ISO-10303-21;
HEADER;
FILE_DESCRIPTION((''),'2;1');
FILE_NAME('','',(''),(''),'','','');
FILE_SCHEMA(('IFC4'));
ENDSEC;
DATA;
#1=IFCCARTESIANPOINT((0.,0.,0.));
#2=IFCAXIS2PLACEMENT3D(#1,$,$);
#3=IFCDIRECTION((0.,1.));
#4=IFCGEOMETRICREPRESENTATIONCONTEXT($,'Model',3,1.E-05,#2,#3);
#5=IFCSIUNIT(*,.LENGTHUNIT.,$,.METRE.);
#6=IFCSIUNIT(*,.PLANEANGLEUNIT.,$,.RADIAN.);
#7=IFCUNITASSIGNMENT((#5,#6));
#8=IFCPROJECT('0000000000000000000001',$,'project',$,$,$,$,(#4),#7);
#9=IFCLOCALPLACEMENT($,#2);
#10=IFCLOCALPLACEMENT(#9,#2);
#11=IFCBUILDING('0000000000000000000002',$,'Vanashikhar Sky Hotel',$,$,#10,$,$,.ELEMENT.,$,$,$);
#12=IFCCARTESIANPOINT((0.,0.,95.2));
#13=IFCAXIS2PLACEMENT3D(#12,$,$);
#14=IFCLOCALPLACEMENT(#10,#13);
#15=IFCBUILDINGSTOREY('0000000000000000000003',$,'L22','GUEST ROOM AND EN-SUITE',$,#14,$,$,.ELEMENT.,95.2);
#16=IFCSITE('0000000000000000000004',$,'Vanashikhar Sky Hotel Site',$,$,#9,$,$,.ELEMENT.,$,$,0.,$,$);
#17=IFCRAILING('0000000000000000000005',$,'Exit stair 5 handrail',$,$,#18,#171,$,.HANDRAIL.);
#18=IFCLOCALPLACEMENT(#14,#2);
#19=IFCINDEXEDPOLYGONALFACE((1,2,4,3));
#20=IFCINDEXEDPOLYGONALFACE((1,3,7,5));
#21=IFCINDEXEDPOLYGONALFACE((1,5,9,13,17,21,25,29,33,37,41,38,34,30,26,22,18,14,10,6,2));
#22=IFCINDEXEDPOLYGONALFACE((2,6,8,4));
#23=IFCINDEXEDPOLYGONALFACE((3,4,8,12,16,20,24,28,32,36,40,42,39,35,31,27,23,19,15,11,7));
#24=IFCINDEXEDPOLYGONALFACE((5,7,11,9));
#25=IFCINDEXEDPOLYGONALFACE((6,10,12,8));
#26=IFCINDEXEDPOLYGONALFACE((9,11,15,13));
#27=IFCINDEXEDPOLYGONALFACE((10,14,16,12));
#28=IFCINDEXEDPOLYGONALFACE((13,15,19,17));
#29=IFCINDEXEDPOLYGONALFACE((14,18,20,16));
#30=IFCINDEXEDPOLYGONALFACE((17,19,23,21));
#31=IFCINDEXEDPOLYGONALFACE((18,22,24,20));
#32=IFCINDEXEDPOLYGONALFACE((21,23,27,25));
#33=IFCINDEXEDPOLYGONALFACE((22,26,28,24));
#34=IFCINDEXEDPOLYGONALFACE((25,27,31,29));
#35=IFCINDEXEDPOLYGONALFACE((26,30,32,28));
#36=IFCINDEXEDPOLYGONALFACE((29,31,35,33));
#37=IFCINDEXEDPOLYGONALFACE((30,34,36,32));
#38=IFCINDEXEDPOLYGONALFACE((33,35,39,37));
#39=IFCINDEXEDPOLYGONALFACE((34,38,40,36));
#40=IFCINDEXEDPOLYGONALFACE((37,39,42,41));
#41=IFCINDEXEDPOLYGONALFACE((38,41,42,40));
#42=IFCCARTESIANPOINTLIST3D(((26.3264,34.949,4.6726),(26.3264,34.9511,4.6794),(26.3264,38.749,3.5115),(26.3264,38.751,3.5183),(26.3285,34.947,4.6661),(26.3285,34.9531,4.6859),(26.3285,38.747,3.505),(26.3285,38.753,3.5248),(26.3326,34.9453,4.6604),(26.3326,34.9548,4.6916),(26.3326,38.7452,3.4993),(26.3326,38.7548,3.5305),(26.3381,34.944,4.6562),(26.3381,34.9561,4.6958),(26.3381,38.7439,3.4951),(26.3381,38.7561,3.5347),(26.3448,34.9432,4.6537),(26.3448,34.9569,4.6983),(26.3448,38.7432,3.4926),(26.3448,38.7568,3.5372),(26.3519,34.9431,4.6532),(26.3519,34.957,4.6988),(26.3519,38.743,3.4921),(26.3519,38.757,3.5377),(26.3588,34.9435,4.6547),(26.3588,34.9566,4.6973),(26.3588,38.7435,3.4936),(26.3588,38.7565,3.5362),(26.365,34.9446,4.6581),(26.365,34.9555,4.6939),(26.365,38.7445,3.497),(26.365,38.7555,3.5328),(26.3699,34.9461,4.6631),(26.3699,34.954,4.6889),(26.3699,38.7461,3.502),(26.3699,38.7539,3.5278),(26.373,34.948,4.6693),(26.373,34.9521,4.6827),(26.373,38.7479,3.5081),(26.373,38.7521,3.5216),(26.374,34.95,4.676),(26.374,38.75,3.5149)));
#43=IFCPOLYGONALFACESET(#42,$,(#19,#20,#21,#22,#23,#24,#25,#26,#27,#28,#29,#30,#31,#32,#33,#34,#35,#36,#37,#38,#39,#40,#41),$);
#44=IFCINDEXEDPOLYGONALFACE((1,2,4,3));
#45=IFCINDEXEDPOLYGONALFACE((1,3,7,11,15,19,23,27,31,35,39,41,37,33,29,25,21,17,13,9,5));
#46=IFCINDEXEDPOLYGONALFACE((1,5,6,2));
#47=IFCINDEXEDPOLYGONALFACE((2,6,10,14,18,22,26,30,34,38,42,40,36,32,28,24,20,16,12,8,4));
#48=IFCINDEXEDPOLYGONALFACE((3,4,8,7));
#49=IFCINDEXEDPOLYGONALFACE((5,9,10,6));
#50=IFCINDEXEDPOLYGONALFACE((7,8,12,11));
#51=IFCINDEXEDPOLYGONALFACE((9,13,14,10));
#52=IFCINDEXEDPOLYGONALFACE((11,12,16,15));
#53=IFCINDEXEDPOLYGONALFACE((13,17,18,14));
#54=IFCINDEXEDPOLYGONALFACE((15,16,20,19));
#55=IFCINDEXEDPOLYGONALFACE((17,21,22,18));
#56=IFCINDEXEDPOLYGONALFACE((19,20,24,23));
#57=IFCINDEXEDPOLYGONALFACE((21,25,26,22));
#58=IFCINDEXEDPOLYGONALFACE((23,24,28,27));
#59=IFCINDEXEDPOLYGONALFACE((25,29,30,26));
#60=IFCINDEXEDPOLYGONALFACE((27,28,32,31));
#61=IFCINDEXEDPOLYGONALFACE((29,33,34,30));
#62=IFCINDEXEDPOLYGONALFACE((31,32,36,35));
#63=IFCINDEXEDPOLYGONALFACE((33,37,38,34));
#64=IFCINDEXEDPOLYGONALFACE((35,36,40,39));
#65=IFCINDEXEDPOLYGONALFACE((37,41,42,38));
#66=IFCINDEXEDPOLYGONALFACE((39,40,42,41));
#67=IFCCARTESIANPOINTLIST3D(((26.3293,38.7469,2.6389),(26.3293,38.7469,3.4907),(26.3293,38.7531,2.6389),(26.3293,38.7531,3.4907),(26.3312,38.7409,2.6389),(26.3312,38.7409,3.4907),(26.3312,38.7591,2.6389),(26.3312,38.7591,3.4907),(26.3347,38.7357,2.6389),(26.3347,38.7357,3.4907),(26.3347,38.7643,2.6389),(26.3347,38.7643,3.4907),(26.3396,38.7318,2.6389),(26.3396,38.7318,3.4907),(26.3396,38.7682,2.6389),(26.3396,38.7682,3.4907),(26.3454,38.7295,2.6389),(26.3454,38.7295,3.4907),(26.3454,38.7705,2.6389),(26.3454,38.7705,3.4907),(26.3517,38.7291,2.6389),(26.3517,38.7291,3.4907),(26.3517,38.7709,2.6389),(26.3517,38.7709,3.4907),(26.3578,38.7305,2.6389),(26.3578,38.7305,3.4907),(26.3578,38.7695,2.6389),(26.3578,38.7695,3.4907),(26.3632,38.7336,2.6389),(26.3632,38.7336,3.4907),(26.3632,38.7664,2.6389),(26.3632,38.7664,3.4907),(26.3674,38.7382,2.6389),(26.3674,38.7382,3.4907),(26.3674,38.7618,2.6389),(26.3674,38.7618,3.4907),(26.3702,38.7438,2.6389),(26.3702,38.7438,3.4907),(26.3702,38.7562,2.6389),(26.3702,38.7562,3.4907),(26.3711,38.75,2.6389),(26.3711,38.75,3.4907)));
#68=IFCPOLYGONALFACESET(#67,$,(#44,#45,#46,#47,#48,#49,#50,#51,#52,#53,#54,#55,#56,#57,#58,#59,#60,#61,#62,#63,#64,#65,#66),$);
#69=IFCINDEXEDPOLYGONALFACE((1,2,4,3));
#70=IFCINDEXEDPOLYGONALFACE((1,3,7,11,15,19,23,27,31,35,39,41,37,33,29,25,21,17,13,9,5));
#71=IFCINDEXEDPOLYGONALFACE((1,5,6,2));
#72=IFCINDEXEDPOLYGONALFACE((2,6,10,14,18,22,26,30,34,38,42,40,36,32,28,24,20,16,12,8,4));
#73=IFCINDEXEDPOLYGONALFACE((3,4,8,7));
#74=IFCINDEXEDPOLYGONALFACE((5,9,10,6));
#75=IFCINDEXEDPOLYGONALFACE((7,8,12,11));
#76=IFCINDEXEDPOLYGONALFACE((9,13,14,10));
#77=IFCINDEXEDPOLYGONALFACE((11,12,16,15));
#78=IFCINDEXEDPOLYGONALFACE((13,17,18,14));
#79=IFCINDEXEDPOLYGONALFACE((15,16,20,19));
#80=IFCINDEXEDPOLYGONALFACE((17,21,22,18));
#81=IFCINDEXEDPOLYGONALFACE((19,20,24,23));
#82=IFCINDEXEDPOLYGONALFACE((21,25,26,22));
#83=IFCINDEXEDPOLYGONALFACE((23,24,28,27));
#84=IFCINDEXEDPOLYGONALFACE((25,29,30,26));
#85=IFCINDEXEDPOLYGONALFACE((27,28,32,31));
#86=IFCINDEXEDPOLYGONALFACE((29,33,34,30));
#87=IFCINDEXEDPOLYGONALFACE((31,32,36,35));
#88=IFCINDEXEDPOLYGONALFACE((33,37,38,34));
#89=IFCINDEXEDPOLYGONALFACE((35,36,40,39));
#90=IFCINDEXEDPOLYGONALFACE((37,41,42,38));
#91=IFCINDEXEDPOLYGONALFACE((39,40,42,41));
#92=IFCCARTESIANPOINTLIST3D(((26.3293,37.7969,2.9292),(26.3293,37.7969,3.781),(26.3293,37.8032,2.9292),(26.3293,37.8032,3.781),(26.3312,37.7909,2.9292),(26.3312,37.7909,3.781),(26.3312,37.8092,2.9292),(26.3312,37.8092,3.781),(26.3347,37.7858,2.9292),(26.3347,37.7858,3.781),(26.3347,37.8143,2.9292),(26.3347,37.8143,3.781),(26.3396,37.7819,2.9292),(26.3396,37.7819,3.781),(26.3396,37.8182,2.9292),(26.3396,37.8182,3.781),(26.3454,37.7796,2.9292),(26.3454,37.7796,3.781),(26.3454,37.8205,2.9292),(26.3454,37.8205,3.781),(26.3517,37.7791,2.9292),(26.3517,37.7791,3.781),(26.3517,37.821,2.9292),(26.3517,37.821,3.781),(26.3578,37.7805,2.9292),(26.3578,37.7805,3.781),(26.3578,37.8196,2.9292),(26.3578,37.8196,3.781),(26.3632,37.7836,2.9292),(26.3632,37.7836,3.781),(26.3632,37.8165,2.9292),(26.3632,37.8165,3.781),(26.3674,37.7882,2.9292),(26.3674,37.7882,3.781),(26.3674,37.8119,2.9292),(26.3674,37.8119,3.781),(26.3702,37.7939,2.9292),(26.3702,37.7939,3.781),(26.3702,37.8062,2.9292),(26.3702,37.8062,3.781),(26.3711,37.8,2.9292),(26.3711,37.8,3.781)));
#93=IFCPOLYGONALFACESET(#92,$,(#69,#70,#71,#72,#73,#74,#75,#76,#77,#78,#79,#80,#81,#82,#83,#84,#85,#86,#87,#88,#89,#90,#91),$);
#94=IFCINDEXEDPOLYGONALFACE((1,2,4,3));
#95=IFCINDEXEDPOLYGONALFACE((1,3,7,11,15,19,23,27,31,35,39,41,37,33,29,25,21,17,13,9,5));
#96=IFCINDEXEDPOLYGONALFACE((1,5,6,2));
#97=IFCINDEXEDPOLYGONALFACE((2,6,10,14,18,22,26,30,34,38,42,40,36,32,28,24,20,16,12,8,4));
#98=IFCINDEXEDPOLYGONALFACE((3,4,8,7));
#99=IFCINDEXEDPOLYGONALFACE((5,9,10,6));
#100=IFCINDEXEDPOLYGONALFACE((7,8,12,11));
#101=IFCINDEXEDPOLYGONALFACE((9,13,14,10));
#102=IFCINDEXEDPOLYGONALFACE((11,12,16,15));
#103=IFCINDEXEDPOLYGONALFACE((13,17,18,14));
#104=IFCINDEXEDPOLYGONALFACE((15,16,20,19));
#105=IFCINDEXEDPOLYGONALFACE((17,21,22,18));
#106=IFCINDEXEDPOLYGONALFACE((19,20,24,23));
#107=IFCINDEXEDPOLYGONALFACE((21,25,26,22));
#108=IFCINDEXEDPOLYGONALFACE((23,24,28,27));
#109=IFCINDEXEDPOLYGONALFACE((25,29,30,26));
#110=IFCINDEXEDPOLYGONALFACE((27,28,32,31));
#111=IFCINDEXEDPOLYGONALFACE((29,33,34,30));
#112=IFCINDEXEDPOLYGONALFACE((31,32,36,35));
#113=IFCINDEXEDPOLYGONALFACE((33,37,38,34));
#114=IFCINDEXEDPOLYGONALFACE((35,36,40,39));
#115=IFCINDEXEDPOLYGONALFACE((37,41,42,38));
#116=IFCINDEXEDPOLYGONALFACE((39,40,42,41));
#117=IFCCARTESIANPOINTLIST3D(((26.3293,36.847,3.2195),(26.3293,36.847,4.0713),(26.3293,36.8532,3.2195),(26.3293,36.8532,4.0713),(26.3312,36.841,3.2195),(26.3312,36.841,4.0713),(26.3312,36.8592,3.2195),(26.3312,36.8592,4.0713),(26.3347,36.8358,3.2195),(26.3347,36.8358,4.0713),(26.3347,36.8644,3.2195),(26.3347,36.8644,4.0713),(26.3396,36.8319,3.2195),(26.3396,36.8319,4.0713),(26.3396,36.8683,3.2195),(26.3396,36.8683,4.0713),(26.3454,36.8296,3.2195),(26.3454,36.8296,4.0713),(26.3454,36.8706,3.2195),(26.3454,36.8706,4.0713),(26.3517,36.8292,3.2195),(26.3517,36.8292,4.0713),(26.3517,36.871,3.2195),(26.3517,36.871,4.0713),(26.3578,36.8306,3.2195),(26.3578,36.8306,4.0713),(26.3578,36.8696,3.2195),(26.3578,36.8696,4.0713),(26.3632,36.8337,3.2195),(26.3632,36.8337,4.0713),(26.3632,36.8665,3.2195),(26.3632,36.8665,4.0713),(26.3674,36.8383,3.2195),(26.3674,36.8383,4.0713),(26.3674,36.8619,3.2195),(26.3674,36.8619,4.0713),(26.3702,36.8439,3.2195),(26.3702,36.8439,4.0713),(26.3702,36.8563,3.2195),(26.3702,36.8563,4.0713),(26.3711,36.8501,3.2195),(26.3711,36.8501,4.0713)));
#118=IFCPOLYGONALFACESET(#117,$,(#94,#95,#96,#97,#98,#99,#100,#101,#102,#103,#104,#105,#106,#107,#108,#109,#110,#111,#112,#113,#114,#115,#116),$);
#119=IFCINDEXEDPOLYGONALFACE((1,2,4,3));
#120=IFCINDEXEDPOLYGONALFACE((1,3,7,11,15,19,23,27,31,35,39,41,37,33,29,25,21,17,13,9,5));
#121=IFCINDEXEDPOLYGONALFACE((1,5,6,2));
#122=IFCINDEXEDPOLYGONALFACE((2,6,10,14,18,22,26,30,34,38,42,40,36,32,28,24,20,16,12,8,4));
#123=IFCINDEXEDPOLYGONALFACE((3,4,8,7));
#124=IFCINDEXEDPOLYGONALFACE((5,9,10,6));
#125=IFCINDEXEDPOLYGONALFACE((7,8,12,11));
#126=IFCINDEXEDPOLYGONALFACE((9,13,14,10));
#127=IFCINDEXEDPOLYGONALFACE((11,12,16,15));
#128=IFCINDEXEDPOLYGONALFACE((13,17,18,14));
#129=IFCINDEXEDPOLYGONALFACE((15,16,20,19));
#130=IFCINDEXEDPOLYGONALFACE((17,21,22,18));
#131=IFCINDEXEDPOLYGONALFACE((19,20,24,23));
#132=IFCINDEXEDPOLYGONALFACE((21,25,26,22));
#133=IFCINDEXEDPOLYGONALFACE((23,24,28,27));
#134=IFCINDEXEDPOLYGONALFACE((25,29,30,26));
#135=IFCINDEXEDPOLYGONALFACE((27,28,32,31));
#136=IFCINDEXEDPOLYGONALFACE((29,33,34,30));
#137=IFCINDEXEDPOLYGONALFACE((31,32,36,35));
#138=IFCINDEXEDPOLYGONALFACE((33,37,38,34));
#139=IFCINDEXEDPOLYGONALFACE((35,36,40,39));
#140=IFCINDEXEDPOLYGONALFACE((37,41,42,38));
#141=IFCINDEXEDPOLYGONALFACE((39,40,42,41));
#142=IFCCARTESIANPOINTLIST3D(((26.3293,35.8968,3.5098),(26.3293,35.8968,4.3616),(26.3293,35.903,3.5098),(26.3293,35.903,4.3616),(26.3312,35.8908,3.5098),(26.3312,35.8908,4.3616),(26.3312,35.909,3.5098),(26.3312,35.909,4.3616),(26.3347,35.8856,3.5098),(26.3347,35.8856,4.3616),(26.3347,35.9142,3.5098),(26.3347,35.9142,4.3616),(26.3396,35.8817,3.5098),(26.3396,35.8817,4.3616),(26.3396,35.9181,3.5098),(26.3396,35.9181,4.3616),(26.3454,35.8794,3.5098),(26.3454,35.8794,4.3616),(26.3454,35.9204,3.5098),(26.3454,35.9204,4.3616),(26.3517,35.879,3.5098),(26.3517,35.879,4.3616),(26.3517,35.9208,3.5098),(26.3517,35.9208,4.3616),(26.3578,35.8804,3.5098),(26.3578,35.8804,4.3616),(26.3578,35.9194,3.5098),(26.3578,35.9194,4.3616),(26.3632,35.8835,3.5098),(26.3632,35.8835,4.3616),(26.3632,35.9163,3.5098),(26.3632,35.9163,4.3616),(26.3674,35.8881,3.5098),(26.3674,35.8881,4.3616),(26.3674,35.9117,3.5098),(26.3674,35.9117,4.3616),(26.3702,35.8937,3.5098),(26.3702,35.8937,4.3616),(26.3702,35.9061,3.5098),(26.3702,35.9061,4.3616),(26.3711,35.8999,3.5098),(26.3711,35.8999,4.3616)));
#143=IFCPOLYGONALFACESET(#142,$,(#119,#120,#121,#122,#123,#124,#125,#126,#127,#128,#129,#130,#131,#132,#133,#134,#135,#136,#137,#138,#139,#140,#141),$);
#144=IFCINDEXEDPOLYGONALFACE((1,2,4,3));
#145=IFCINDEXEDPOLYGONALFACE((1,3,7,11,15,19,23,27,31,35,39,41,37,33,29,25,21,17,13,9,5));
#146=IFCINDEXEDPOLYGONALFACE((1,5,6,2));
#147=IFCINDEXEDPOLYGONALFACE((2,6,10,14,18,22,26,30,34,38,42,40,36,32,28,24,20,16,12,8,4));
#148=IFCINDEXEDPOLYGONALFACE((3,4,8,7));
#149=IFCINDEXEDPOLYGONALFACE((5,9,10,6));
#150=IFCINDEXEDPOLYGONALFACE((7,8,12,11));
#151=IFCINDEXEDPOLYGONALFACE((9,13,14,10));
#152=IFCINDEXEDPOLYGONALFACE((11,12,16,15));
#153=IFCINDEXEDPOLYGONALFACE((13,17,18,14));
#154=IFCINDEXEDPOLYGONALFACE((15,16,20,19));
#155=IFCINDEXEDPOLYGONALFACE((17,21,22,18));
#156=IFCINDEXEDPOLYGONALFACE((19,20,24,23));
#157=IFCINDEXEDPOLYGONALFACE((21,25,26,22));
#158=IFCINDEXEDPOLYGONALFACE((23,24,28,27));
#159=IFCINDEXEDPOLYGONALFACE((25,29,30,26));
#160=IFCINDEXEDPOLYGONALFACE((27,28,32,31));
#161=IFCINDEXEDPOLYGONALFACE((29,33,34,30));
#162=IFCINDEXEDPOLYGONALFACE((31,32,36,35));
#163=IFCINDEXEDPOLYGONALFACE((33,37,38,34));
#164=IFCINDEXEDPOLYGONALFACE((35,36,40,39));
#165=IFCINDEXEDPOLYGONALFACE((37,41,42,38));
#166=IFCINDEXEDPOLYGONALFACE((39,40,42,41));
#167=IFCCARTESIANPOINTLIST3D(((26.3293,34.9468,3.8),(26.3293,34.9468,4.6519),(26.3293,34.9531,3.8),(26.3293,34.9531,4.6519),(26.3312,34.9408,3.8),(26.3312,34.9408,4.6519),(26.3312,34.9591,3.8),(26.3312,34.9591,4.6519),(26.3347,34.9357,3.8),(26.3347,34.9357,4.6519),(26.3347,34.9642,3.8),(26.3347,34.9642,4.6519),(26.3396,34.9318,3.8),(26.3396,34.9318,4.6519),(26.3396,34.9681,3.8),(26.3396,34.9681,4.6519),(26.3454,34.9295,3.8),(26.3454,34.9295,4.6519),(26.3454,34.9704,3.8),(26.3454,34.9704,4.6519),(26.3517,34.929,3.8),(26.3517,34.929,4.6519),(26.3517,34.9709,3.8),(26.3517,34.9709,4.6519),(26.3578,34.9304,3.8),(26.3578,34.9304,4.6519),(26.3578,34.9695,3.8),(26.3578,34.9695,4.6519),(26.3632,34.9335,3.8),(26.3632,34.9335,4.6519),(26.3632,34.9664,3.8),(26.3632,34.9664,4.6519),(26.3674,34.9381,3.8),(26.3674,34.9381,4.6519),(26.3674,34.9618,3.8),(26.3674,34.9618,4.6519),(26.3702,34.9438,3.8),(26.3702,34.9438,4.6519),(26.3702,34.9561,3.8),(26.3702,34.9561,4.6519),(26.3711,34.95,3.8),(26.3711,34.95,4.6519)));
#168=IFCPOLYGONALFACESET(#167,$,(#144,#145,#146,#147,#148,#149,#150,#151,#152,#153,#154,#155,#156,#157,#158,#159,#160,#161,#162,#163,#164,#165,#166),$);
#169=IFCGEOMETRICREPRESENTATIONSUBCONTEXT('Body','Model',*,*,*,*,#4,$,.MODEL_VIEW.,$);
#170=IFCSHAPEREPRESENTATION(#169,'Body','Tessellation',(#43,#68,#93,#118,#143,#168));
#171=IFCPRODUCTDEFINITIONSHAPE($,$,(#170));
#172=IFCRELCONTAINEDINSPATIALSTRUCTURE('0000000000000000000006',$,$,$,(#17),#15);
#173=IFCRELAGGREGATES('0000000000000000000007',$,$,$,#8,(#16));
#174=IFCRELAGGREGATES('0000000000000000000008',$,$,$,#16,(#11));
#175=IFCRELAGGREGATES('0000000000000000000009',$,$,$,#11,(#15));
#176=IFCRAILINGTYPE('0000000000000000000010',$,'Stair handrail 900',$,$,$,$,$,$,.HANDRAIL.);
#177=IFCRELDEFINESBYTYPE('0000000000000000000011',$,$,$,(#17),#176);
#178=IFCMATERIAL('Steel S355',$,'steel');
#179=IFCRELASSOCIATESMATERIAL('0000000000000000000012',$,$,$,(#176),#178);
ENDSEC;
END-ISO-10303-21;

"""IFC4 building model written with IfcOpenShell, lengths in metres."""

from ifc_helpers import new_model, si_unit, direction, frame, origin, origin_2d, place, context, subcontext, project, spatial, circle, extrude, source, transform, mapped, material, type_object, element, save


model = new_model("IFC4")

# Units and contexts
model_context = context("Model", 3, precision=1e-05, world=origin(), true_north=direction((0.0, 1.0)))
body_context = subcontext(model_context, "Body", "Model", "MODEL_VIEW")
ifc_project = project(units=[si_unit("LENGTHUNIT", "METRE"), si_unit("PLANEANGLEUNIT", "RADIAN")], contexts=[model_context])

# Site, building, storey
site_placement = place(None, origin())
site = spatial("IfcSite", under=ifc_project, at=site_placement, Name="Vanashikhar Sky Hotel Site", CompositionType="ELEMENT", RefElevation=0.0)
building_placement = place(site_placement, origin())
building = spatial("IfcBuilding", under=site, at=building_placement, Name="Vanashikhar Sky Hotel", CompositionType="ELEMENT")
storey_placement = place(building_placement, frame((0.0, 0.0, 95.2)))
storey = spatial("IfcBuildingStorey", under=building, at=storey_placement, Name="L22", Description="GUEST ROOM AND EN-SUITE", CompositionType="ELEMENT", Elevation=95.2)

# Railing
ifc_material_1 = material(Name="Steel S355", Category="steel")
railing_type = type_object("IfcRailingType", Name="Stair handrail 900", PredefinedType="HANDRAIL", material=ifc_material_1)
shared_shape_1 = source(origin(), body_context, "Body", "SweptSolid", [
    extrude(circle(Radius=0.0239, at=origin_2d()), frame((0.0, 0.0, 0.876), z_axis=(0.0, -0.956351, 0.29222), x_axis=(1.0, 0.0, 0.0)), (0.0, 0.0, 1.0), 3.9734),
    extrude(circle(Radius=0.021, at=origin_2d()), origin(), (0.0, 0.0, 1.0), 0.8518),
    extrude(circle(Radius=0.021, at=origin_2d()), frame((0.0, -0.95, 0.2903)), (0.0, 0.0, 1.0), 0.8518),
    extrude(circle(Radius=0.021, at=origin_2d()), frame((0.0, -1.8999, 0.5806)), (0.0, 0.0, 1.0), 0.8518),
    extrude(circle(Radius=0.021, at=origin_2d()), frame((0.0, -2.8501, 0.8708)), (0.0, 0.0, 1.0), 0.8518),
    extrude(circle(Radius=0.021, at=origin_2d()), frame((0.0, -3.8, 1.1611)), (0.0, 0.0, 1.0), 0.8518),
])
railing_1_placement = place(storey_placement, frame((26.3501, 38.75, 2.6389)))
element("IfcRailing", 1, at=railing_1_placement, inside=storey, type_object=railing_type, Name="Exit stair 5 handrail", PredefinedType="HANDRAIL", context=body_context, shape_type="MappedRepresentation", body=[
    mapped(shared_shape_1, transform((0.0, 0.0, 0.0), scale=1.0)),
])

save(model, "model.ifc")
